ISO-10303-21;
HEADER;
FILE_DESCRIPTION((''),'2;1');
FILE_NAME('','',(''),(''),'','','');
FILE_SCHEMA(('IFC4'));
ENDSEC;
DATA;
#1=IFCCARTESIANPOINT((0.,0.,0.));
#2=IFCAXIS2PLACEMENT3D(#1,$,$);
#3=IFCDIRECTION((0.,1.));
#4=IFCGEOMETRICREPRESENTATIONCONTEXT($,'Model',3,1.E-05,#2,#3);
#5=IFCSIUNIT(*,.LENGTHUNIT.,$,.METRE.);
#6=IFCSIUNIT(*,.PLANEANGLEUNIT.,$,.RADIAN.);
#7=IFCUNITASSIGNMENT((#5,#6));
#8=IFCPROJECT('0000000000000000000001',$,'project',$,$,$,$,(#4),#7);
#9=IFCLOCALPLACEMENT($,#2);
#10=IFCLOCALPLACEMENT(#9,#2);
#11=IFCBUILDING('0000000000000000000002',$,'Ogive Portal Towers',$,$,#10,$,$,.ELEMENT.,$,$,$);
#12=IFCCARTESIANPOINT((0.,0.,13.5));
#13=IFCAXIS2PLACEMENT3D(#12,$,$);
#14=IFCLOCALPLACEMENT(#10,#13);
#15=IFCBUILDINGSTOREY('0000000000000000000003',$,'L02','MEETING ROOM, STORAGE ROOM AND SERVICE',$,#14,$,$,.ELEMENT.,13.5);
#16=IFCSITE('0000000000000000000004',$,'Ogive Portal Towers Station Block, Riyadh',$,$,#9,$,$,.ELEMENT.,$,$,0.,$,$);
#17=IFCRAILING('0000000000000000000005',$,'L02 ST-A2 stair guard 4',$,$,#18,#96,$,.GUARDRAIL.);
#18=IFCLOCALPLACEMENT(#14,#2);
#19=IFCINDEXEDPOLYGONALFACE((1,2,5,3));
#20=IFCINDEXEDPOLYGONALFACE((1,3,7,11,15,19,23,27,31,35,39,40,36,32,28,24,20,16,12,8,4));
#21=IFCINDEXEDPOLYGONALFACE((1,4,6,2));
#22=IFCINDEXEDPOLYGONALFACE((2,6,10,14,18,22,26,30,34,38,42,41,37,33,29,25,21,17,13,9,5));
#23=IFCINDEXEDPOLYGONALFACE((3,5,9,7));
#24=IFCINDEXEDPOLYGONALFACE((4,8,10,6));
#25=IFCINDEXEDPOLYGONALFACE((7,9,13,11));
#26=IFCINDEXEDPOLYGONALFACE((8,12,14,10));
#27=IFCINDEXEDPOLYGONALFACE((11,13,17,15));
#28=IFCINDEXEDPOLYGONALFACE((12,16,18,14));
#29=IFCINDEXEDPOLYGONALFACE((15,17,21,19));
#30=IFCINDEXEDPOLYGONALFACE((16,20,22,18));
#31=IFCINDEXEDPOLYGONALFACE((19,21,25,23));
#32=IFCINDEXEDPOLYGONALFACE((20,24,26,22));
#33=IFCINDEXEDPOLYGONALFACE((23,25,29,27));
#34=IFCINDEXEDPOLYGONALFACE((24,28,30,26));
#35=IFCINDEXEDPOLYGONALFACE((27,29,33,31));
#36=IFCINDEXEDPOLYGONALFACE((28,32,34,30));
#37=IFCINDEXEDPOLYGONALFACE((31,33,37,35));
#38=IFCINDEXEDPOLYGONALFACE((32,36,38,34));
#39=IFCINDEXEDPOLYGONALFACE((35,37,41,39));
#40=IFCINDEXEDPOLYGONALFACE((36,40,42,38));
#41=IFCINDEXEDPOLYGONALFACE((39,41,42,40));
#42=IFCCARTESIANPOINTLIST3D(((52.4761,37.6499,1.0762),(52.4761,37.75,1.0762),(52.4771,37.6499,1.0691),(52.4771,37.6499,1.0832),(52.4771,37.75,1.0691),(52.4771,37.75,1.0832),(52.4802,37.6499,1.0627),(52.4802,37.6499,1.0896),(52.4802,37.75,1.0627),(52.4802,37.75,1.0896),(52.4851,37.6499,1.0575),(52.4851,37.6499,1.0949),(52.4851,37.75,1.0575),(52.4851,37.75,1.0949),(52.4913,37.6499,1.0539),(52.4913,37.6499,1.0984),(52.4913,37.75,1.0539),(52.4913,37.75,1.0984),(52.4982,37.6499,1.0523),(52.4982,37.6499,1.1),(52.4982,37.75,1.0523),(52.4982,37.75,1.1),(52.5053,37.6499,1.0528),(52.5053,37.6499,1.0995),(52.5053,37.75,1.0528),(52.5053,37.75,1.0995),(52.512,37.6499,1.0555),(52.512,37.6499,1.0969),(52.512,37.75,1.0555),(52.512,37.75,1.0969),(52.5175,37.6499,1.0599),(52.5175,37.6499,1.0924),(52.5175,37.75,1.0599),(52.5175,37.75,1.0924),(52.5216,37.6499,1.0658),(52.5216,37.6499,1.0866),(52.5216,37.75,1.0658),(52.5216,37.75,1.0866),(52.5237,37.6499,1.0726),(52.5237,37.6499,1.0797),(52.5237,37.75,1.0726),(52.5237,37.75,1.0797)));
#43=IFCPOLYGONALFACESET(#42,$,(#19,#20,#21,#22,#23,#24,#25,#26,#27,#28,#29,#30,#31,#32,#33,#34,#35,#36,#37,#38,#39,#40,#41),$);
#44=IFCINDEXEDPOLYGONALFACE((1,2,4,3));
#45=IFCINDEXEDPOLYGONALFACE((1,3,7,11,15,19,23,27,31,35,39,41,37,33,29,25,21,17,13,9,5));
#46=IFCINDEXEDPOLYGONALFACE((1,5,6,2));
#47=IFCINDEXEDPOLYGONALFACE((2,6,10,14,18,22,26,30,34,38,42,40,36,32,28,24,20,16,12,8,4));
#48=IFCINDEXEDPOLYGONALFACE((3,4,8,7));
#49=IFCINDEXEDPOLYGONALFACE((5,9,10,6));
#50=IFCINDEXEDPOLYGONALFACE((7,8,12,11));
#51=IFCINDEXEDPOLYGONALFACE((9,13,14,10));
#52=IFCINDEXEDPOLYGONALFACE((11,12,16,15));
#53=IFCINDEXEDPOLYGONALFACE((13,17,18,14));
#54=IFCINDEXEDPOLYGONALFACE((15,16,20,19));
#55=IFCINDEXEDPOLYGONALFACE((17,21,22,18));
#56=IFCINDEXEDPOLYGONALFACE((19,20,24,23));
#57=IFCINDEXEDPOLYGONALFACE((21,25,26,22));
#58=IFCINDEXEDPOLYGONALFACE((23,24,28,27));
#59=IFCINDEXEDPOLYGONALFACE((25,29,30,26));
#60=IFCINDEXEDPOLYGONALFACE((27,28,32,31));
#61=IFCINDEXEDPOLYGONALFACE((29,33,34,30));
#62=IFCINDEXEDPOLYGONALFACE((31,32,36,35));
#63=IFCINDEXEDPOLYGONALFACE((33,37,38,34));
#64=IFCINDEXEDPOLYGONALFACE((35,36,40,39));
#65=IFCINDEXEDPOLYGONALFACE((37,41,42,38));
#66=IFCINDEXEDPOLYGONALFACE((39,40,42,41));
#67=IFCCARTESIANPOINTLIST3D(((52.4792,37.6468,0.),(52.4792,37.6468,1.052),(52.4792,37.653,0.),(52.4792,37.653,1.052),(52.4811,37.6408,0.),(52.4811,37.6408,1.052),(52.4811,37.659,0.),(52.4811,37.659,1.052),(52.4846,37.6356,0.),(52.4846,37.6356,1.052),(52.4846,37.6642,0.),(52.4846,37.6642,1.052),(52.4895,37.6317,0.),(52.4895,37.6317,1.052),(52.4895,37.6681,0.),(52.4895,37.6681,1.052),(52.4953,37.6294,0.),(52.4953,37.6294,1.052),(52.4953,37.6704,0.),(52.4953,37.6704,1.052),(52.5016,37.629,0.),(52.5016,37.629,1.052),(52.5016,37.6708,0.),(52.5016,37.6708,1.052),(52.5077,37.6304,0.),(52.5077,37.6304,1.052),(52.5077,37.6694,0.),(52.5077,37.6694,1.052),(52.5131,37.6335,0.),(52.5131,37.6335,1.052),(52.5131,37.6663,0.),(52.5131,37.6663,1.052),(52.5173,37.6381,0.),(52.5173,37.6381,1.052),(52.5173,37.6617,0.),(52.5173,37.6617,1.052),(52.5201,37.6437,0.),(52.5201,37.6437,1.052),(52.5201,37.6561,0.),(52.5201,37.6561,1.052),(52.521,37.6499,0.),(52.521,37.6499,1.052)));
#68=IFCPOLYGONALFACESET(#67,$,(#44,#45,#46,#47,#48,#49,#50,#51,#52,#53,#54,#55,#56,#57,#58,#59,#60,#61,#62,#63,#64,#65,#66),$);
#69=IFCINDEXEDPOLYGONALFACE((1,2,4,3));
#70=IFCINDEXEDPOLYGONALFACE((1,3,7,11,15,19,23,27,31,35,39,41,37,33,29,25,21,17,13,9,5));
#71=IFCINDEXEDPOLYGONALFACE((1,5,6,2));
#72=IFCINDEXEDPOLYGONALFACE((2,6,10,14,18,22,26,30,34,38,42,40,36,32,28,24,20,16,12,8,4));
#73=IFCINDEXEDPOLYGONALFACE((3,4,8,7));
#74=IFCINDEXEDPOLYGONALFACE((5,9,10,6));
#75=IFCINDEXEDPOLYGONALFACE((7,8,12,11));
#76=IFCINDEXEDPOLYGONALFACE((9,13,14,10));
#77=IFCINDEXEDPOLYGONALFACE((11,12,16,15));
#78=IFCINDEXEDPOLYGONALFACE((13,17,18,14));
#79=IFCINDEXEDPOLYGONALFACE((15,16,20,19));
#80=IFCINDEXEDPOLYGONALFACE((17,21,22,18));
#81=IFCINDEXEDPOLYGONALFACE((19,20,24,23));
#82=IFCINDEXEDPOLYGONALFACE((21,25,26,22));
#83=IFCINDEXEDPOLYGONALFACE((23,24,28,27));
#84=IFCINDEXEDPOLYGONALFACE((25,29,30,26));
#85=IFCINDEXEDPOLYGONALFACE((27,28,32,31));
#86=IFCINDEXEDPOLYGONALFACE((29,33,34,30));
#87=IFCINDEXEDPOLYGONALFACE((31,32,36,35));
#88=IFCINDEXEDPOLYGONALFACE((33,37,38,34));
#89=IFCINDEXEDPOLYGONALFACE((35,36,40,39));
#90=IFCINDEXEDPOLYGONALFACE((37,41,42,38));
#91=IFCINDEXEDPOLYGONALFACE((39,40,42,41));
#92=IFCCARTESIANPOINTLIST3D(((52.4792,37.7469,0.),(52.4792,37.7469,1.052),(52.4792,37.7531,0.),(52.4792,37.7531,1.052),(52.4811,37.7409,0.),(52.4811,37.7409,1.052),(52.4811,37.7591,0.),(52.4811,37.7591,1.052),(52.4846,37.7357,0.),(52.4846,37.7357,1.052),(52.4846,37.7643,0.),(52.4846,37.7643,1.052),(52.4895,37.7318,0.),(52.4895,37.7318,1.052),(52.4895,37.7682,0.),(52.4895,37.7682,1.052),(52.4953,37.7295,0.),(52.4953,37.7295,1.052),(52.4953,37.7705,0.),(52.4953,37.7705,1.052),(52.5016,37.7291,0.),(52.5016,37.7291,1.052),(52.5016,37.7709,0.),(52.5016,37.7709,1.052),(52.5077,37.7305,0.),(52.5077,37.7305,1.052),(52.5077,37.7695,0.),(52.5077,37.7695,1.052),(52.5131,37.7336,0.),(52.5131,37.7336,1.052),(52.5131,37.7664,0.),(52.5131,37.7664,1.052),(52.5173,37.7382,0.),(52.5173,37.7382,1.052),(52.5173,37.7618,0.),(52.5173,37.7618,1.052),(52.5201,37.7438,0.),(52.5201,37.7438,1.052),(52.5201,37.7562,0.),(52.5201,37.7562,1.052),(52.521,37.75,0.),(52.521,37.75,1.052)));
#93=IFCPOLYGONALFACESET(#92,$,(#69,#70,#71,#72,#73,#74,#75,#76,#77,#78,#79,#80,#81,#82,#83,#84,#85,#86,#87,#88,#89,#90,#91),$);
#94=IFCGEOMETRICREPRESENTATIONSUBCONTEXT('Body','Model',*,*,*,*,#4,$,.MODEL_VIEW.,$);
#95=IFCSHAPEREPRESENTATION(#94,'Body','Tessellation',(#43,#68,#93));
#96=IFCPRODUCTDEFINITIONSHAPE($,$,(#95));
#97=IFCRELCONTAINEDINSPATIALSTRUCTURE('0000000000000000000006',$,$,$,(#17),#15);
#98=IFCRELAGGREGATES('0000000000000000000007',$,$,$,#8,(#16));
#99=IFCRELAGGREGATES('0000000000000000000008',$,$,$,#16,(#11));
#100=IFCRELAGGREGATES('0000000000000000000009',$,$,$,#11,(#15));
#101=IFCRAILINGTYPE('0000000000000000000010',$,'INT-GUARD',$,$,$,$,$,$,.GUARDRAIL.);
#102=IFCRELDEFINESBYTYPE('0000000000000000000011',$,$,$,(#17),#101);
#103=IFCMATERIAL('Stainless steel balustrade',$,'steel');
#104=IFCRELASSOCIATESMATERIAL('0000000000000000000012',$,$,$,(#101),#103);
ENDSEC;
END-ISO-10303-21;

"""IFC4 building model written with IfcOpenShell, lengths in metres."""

from ifc_helpers import new_model, si_unit, direction, frame, origin, origin_2d, place, context, subcontext, project, spatial, circle, extrude, material, type_object, element, save


model = new_model("IFC4")

# Units and contexts
model_context = context("Model", 3, precision=1e-05, world=origin(), true_north=direction((0.0, 1.0)))
body_context = subcontext(model_context, "Body", "Model", "MODEL_VIEW")
ifc_project = project(units=[si_unit("LENGTHUNIT", "METRE"), si_unit("PLANEANGLEUNIT", "RADIAN")], contexts=[model_context])

# Site, building, storey
site_placement = place(None, origin())
site = spatial("IfcSite", under=ifc_project, at=site_placement, Name="Ogive Portal Towers Station Block, Riyadh", CompositionType="ELEMENT", RefElevation=0.0)
building_placement = place(site_placement, origin())
building = spatial("IfcBuilding", under=site, at=building_placement, Name="Ogive Portal Towers", CompositionType="ELEMENT")
storey_placement = place(building_placement, frame((0.0, 0.0, 13.5)))
storey = spatial("IfcBuildingStorey", under=building, at=storey_placement, Name="L02", Description="MEETING ROOM, STORAGE ROOM AND SERVICE", CompositionType="ELEMENT", Elevation=13.5)

# Railing
ifc_material_1 = material(Name="Stainless steel balustrade", Category="steel")
railing_type_1 = type_object("IfcRailingType", Name="INT-GUARD", PredefinedType="GUARDRAIL", material=ifc_material_1)
railing_1_placement = place(storey_placement, frame((52.5, 37.6499, 0.0)))
element("IfcRailing", 1, at=railing_1_placement, inside=storey, type_object=railing_type_1, Name="L02 ST-A2 stair guard 4", PredefinedType="GUARDRAIL", context=body_context, shape_type="SweptSolid", body=[
    extrude(circle(Radius=0.0239, at=origin_2d()), frame((0.0, 0.0, 1.0762), z_axis=(0.0, 1.0, 0.0), x_axis=(-1.0, 0.0, 0.0)), (0.0, 0.0, 1.0), 0.1001),
    extrude(circle(Radius=0.021, at=origin_2d()), origin(), (0.0, 0.0, 1.0), 1.052),
    extrude(circle(Radius=0.021, at=origin_2d()), frame((0.0, 0.1001, 0.0)), (0.0, 0.0, 1.0), 1.052),
])

save(model, "model.ifc")
